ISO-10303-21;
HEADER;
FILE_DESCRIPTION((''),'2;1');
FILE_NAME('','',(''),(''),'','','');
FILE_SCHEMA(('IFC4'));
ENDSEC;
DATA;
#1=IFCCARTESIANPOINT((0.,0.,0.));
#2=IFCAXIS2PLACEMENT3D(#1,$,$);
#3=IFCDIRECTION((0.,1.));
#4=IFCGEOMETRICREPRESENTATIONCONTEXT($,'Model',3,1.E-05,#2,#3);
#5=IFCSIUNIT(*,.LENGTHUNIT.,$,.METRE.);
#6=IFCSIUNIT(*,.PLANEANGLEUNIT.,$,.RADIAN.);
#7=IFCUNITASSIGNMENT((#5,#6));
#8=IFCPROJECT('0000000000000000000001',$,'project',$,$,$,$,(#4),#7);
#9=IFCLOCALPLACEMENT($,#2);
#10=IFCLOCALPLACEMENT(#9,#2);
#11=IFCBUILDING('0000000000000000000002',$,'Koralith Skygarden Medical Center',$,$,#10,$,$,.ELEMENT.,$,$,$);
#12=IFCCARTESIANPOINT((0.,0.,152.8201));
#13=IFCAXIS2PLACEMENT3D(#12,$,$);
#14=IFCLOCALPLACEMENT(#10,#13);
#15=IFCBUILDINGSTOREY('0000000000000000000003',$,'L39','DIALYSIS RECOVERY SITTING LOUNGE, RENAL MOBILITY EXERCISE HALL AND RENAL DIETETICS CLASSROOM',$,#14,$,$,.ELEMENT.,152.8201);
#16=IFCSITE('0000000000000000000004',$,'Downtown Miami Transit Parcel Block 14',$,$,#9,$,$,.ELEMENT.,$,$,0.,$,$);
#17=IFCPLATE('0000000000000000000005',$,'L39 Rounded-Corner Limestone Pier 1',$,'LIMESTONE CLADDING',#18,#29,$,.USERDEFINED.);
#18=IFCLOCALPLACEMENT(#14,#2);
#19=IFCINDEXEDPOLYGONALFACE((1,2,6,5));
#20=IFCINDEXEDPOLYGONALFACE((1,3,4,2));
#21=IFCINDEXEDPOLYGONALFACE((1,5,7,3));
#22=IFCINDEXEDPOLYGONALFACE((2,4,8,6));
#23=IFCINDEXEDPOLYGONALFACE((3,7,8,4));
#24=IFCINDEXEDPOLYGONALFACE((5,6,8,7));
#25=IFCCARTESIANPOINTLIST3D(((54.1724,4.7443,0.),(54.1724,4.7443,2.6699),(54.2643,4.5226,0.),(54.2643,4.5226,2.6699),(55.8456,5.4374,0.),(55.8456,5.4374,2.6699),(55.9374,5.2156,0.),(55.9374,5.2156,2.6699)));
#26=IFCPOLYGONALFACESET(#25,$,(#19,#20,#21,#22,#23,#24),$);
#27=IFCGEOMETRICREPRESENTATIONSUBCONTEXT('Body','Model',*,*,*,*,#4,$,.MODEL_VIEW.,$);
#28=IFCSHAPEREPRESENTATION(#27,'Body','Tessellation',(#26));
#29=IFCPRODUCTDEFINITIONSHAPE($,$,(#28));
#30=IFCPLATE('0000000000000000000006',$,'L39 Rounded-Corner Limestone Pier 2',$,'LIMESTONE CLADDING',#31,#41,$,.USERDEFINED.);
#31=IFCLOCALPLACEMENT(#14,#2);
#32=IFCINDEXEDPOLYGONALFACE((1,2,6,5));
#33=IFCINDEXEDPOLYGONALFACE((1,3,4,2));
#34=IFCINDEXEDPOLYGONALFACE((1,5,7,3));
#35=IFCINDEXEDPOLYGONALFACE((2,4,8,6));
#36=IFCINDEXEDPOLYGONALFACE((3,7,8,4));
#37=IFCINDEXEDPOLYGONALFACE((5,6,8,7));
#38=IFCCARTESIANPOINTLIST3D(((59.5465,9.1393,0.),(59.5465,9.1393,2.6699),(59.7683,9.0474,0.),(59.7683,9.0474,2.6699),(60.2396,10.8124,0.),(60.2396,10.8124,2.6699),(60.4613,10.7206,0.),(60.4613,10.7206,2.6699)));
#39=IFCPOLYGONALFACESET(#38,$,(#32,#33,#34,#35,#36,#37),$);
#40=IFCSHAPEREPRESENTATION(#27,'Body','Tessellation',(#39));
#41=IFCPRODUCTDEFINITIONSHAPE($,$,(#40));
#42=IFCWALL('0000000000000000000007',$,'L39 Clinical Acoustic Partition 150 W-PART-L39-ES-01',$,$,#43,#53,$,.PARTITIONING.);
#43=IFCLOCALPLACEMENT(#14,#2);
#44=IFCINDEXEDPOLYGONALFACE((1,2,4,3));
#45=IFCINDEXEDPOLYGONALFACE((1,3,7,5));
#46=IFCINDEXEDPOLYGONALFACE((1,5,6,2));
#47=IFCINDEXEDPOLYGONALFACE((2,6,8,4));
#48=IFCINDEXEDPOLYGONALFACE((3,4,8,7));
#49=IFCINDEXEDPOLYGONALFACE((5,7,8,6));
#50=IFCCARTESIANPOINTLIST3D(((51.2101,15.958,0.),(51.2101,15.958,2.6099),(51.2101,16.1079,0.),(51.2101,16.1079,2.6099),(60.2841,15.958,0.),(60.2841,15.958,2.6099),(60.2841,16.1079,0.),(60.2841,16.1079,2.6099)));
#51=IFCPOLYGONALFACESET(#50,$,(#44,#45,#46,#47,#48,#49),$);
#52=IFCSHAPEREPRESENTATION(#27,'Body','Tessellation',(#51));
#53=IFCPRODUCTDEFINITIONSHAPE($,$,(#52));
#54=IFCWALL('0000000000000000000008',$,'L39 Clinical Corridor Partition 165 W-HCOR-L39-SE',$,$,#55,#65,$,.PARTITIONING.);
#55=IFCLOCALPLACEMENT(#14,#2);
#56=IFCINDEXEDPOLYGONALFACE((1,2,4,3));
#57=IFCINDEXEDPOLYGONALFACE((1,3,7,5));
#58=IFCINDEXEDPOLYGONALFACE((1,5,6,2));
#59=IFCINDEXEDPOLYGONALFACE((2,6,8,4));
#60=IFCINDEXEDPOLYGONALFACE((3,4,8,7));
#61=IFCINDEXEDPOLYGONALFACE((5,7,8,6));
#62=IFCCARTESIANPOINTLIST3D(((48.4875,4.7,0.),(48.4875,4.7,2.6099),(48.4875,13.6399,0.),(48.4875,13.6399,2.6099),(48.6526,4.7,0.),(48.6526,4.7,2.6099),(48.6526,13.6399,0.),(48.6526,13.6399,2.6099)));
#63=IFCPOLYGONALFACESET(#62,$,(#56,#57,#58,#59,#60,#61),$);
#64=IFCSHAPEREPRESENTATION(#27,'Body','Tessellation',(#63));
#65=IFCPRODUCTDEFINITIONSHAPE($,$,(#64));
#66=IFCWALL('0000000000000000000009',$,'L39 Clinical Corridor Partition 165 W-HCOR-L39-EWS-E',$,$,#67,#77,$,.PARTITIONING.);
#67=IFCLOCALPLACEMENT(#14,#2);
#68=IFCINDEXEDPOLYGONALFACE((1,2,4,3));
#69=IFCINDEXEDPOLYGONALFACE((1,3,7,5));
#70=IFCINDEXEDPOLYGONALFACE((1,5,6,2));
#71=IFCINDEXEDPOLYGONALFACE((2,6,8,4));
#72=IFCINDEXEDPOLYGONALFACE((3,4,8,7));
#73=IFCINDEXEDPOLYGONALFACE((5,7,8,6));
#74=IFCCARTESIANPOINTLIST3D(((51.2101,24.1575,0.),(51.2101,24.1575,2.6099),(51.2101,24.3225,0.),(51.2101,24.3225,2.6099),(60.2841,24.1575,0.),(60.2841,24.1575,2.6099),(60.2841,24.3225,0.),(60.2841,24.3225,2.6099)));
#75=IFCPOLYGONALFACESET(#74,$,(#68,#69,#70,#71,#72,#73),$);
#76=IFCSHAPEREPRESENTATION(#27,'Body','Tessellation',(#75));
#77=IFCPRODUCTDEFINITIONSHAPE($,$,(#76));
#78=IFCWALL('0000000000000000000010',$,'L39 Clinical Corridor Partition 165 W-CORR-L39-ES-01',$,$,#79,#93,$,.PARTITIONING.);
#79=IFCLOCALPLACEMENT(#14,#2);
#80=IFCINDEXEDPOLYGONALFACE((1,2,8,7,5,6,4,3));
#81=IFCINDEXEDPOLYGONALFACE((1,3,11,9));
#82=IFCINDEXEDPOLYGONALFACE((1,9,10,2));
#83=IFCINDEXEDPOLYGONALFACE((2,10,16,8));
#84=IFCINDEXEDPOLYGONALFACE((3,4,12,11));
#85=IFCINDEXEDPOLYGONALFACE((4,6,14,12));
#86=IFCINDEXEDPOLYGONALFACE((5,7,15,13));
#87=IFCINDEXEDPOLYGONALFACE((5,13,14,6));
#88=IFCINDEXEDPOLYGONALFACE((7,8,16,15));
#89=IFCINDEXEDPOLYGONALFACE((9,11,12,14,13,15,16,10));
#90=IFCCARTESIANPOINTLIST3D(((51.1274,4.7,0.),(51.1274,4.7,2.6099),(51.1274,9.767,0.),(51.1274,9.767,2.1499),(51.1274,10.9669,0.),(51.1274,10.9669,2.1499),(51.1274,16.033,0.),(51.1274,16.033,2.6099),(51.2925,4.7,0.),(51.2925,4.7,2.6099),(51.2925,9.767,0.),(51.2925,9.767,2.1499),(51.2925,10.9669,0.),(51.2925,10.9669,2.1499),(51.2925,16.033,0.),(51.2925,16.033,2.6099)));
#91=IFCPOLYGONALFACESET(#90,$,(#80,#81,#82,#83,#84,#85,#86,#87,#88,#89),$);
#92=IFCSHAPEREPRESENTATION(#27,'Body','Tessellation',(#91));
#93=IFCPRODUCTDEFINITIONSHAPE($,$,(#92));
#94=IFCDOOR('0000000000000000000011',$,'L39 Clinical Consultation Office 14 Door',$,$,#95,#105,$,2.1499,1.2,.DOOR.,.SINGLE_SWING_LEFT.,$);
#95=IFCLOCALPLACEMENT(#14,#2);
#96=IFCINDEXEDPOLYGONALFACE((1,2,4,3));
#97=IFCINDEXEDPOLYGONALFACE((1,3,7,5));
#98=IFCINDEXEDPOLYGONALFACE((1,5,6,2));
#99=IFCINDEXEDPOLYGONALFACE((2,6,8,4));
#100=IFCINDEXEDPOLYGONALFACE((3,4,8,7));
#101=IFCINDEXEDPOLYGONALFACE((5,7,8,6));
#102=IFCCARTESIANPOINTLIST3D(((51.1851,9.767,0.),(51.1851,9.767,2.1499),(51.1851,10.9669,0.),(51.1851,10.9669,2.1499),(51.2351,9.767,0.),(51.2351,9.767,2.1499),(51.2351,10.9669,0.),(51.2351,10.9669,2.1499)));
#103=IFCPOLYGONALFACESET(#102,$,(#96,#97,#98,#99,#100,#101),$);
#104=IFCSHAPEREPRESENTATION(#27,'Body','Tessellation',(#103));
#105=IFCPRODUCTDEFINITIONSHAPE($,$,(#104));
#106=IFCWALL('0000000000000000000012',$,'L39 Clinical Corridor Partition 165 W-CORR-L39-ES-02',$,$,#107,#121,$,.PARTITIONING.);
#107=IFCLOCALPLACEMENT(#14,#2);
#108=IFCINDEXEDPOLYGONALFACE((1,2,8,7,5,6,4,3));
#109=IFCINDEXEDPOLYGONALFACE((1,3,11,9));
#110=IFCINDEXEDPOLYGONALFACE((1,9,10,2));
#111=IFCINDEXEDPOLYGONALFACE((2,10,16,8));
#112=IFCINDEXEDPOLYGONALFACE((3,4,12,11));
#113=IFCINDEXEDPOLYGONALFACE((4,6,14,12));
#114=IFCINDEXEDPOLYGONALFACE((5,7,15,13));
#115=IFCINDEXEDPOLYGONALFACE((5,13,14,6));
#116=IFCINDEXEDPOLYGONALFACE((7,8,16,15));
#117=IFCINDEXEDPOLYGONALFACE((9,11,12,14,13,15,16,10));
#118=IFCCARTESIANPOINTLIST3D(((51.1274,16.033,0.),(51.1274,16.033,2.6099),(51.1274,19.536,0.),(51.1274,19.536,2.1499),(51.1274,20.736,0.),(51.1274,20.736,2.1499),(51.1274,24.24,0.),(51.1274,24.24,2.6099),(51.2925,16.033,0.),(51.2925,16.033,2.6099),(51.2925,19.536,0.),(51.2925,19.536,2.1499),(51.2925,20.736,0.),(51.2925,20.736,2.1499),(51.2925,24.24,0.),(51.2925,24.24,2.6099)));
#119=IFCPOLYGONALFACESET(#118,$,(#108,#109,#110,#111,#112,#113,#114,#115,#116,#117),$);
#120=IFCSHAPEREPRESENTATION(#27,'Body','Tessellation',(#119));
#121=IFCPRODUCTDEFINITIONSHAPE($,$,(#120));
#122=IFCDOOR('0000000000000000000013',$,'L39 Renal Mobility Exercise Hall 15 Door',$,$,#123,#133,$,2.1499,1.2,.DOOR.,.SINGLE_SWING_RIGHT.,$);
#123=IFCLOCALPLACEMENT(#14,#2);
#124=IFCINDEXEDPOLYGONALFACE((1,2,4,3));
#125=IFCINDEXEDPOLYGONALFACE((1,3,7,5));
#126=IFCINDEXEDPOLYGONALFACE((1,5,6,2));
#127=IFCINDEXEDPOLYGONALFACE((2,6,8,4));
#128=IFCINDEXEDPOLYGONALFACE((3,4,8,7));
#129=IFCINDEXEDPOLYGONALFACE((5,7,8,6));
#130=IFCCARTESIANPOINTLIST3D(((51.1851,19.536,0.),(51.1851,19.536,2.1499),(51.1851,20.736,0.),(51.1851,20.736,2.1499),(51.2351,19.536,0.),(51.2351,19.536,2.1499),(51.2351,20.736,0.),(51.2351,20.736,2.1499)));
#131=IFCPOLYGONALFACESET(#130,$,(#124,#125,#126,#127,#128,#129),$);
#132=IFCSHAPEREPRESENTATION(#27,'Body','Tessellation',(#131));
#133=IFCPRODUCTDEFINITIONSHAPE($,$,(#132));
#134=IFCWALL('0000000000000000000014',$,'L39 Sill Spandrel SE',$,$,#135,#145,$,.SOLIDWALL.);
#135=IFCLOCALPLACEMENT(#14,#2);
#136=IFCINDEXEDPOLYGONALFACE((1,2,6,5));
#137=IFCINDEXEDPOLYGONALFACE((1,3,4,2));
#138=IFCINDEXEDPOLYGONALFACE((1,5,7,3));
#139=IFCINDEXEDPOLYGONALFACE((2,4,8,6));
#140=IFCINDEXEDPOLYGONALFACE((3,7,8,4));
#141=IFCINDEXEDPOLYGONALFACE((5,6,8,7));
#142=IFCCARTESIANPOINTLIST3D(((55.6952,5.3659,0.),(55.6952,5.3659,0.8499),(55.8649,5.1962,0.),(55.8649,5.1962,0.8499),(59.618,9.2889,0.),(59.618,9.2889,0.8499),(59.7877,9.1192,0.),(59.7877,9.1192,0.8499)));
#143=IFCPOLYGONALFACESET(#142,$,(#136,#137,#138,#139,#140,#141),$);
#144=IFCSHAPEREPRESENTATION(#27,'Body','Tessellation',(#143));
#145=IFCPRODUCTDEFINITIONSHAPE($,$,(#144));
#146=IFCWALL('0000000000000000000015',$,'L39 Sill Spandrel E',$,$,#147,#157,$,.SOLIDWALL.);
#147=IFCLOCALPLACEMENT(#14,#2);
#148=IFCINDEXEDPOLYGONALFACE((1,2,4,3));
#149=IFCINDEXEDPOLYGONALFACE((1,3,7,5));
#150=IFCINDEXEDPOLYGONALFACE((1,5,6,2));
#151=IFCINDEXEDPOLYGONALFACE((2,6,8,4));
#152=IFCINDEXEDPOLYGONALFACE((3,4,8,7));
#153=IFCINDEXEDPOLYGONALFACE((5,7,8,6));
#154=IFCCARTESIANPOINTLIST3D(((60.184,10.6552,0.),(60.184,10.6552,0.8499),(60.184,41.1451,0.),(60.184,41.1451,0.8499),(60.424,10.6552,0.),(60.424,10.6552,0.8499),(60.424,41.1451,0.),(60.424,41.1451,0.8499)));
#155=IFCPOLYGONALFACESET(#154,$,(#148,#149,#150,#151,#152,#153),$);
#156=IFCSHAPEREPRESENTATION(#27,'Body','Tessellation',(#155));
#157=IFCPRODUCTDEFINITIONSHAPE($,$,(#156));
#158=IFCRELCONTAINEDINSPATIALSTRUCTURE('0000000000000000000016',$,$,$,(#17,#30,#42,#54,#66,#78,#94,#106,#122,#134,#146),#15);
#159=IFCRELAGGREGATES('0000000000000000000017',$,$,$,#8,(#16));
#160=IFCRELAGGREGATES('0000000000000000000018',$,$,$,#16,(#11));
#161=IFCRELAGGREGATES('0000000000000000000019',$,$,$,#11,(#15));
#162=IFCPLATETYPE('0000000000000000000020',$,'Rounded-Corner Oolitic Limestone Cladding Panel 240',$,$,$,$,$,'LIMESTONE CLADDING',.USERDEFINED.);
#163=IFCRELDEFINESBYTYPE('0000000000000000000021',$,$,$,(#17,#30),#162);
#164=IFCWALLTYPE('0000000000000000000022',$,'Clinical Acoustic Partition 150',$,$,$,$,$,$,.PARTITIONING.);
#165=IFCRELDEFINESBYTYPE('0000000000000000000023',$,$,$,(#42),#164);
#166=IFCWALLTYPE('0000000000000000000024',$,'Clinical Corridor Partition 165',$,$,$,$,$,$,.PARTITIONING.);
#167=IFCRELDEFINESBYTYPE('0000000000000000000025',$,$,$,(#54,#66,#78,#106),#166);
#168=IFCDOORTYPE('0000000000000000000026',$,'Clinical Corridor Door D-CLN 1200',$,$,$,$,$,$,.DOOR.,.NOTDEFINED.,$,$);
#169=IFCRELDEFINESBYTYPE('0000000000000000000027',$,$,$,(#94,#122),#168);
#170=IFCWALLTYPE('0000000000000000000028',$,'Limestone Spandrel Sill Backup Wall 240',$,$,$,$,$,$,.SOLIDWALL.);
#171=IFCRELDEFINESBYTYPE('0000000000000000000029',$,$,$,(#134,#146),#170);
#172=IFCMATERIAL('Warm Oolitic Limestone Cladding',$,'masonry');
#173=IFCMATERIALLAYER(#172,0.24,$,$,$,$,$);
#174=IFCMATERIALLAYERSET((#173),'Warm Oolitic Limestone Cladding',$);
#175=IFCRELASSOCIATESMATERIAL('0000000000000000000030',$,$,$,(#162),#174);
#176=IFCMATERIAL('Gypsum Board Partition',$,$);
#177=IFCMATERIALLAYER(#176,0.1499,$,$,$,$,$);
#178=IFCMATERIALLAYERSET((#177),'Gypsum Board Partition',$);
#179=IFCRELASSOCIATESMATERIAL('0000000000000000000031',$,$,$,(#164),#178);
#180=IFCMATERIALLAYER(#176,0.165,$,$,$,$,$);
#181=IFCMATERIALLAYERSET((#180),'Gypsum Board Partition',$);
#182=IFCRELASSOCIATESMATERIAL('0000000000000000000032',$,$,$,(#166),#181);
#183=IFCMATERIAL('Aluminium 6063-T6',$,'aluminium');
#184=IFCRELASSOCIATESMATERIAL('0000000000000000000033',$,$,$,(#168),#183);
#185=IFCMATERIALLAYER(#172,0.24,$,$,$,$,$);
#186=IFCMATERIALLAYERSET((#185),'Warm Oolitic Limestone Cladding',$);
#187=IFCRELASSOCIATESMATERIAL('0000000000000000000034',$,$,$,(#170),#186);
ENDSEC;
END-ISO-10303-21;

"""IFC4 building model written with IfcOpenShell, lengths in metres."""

from ifc_helpers import new_model, si_unit, direction, frame, frame_2d, origin, origin_2d, place, context, subcontext, project, spatial, rectangle, extrude, material, layer, layer_set, type_object, element, fill, save


model = new_model("IFC4")

# Units and contexts
model_context = context("Model", 3, precision=1e-05, world=origin(), true_north=direction((0.0, 1.0)))
body_context = subcontext(model_context, "Body", "Model", "MODEL_VIEW")
ifc_project = project(units=[si_unit("LENGTHUNIT", "METRE"), si_unit("PLANEANGLEUNIT", "RADIAN")], contexts=[model_context])

# Site, building, storey
site_placement = place(None, origin())
site = spatial("IfcSite", under=ifc_project, at=site_placement, Name="Downtown Miami Transit Parcel Block 14", CompositionType="ELEMENT", RefElevation=0.0)
building_placement = place(site_placement, origin())
building = spatial("IfcBuilding", under=site, at=building_placement, Name="Koralith Skygarden Medical Center", CompositionType="ELEMENT")
storey_placement = place(building_placement, frame((0.0, 0.0, 152.8201)))
storey = spatial("IfcBuildingStorey", under=building, at=storey_placement, Name="L39", Description="DIALYSIS RECOVERY SITTING LOUNGE, RENAL MOBILITY EXERCISE HALL AND RENAL DIETETICS CLASSROOM", CompositionType="ELEMENT", Elevation=152.8201)

# Shared definitions
ifc_material_1 = material(Name="Aluminium 6063-T6", Category="aluminium")

# Plates
ifc_material_2 = material(Name="Warm Oolitic Limestone Cladding", Category="masonry")
ifc_layer_1 = layer(ifc_material_2, 0.24)
ifc_layer_set_1 = layer_set([ifc_layer_1], Name="Warm Oolitic Limestone Cladding")
plate_type_1 = type_object("IfcPlateType", Name="Rounded-Corner Oolitic Limestone Cladding Panel 240", ElementType="LIMESTONE CLADDING", PredefinedType="USERDEFINED", material=ifc_layer_set_1)
for number, where, z_axis, x_axis, name in (
    (1, (55.0549, 4.98, 0.0), (0.0, 0.0, 1.0), (0.923885, 0.382671, 0.0), "L39 Rounded-Corner Limestone Pier 1"),
    (2, (60.0039, 9.9299, 0.0), (0.0, 0.0, 1.0), (0.382671, 0.923885, 0.0), "L39 Rounded-Corner Limestone Pier 2"),
):
    element("IfcPlate", number, at=place(storey_placement, frame(where, z_axis=z_axis, x_axis=x_axis)), inside=storey, type_object=plate_type_1, Name=name, ObjectType="LIMESTONE CLADDING", PredefinedType="USERDEFINED", context=body_context, shape_type="SweptSolid", body=[
        extrude(rectangle(XDim=1.811, YDim=0.24, at=origin_2d()), origin(), (0.0, 0.0, 1.0), 2.6699),
    ])

# Walls
ifc_material_3 = material(Name="Gypsum Board Partition")
ifc_layer_2 = layer(ifc_material_3, 0.1499)
ifc_layer_set_2 = layer_set([ifc_layer_2], Name="Gypsum Board Partition")
wall_type_1 = type_object("IfcWallType", Name="Clinical Acoustic Partition 150", PredefinedType="PARTITIONING", material=ifc_layer_set_2)
wall_1_placement = place(storey_placement, frame((51.21, 16.033, 0.0), z_axis=(0.0, 0.0, 1.0), x_axis=(1.0, 0.0, 0.0)))
element("IfcWall", 3, at=wall_1_placement, inside=storey, type_object=wall_type_1, Name="L39 Clinical Acoustic Partition 150 W-PART-L39-ES-01", PredefinedType="PARTITIONING", context=body_context, shape_type="SweptSolid", body=[
    extrude(rectangle(XDim=9.074, YDim=0.1499, at=frame_2d((4.5371, 0.0))), origin(), (0.0, 0.0, 1.0), 2.6099),
])
ifc_layer_3 = layer(ifc_material_3, 0.165)
ifc_layer_set_3 = layer_set([ifc_layer_3], Name="Gypsum Board Partition")
wall_type_2 = type_object("IfcWallType", Name="Clinical Corridor Partition 165", PredefinedType="PARTITIONING", material=ifc_layer_set_3)
wall_2_placement = place(storey_placement, frame((48.5701, 4.7, 0.0), z_axis=(0.0, 0.0, 1.0), x_axis=(0.0, 1.0, 0.0)))
element("IfcWall", 4, at=wall_2_placement, inside=storey, type_object=wall_type_2, Name="L39 Clinical Corridor Partition 165 W-HCOR-L39-SE", PredefinedType="PARTITIONING", context=body_context, shape_type="SweptSolid", body=[
    extrude(rectangle(XDim=8.9399, YDim=0.165, at=frame_2d((4.47, 0.0))), origin(), (0.0, 0.0, 1.0), 2.6099),
])
wall_3_placement = place(storey_placement, frame((51.21, 24.24, 0.0), z_axis=(0.0, 0.0, 1.0), x_axis=(1.0, 0.0, 0.0)))
element("IfcWall", 5, at=wall_3_placement, inside=storey, type_object=wall_type_2, Name="L39 Clinical Corridor Partition 165 W-HCOR-L39-EWS-E", PredefinedType="PARTITIONING", context=body_context, shape_type="SweptSolid", body=[
    extrude(rectangle(XDim=9.074, YDim=0.165, at=frame_2d((4.5371, 0.0))), origin(), (0.0, 0.0, 1.0), 2.6099),
])

# Walls, openings, doors
wall_4_placement = place(storey_placement, frame((51.21, 4.7, 0.0), z_axis=(0.0, 0.0, 1.0), x_axis=(0.0, 1.0, 0.0)))
wall_4 = element("IfcWall", 6, at=wall_4_placement, inside=storey, type_object=wall_type_2, Name="L39 Clinical Corridor Partition 165 W-CORR-L39-ES-01", PredefinedType="PARTITIONING", context=body_context, shape_type="SweptSolid", body=[
    extrude(rectangle(XDim=11.333, YDim=0.165, at=frame_2d((5.6665, 0.0))), origin(), (0.0, 0.0, 1.0), 2.6099),
])
opening_1_placement = place(wall_4_placement, frame((5.0669, 0.0, 0.0)))
opening_1 = element("IfcOpeningElement", 7, at=opening_1_placement, cuts=wall_4, PredefinedType="OPENING", context=body_context, shape_type="SweptSolid", body=[
    extrude(rectangle(XDim=1.2, YDim=2.1499, at=frame_2d((0.6001, 1.075))), frame((0.0, 0.0925, 0.0), z_axis=(0.0, -1.0, 0.0), x_axis=(1.0, 0.0, 0.0)), (0.0, 0.0, 1.0), 0.1851),
])
door_type = type_object("IfcDoorType", Name="Clinical Corridor Door D-CLN 1200", OperationType="NOTDEFINED", PredefinedType="DOOR", material=ifc_material_1)
door_1_placement = place(opening_1_placement, origin())
door_1 = element("IfcDoor", 8, at=door_1_placement, inside=storey, type_object=door_type, Name="L39 Clinical Consultation Office 14 Door", OperationType="SINGLE_SWING_LEFT", OverallHeight=2.1499, OverallWidth=1.2, PredefinedType="DOOR", context=body_context, shape_type="SweptSolid", body=[
    extrude(rectangle(XDim=1.2, YDim=2.1499, at=frame_2d((0.6001, 1.075))), frame((0.0, 0.0249, 0.0), z_axis=(0.0, -1.0, 0.0), x_axis=(1.0, 0.0, 0.0)), (0.0, 0.0, 1.0), 0.05),
])
fill(opening_1, door_1)
wall_5_placement = place(storey_placement, frame((51.21, 16.033, 0.0), z_axis=(0.0, 0.0, 1.0), x_axis=(0.0, 1.0, 0.0)))
wall_5 = element("IfcWall", 9, at=wall_5_placement, inside=storey, type_object=wall_type_2, Name="L39 Clinical Corridor Partition 165 W-CORR-L39-ES-02", PredefinedType="PARTITIONING", context=body_context, shape_type="SweptSolid", body=[
    extrude(rectangle(XDim=8.207, YDim=0.165, at=frame_2d((4.1035, 0.0))), origin(), (0.0, 0.0, 1.0), 2.6099),
])
opening_2_placement = place(wall_5_placement, frame((3.5029, 0.0, 0.0)))
opening_2 = element("IfcOpeningElement", 10, at=opening_2_placement, cuts=wall_5, PredefinedType="OPENING", context=body_context, shape_type="SweptSolid", body=[
    extrude(rectangle(XDim=1.2, YDim=2.1499, at=frame_2d((0.6001, 1.075))), frame((0.0, 0.0925, 0.0), z_axis=(0.0, -1.0, 0.0), x_axis=(1.0, 0.0, 0.0)), (0.0, 0.0, 1.0), 0.1851),
])
door_2_placement = place(opening_2_placement, origin())
door_2 = element("IfcDoor", 11, at=door_2_placement, inside=storey, type_object=door_type, Name="L39 Renal Mobility Exercise Hall 15 Door", OperationType="SINGLE_SWING_RIGHT", OverallHeight=2.1499, OverallWidth=1.2, PredefinedType="DOOR", context=body_context, shape_type="SweptSolid", body=[
    extrude(rectangle(XDim=1.2, YDim=2.1499, at=frame_2d((0.6001, 1.075))), frame((0.0, 0.0249, 0.0), z_axis=(0.0, -1.0, 0.0), x_axis=(1.0, 0.0, 0.0)), (0.0, 0.0, 1.0), 0.05),
])
fill(opening_2, door_2)

# Walls
ifc_layer_4 = layer(ifc_material_2, 0.24)
ifc_layer_set_4 = layer_set([ifc_layer_4], Name="Warm Oolitic Limestone Cladding")
wall_type_3 = type_object("IfcWallType", Name="Limestone Spandrel Sill Backup Wall 240", PredefinedType="SOLIDWALL", material=ifc_layer_set_4)
wall_6_placement = place(storey_placement, frame((55.78, 5.281, 0.0), z_axis=(0.0, 0.0, 1.0), x_axis=(0.707085, 0.707129, 0.0)))
element("IfcWall", 12, at=wall_6_placement, inside=storey, type_object=wall_type_3, Name="L39 Sill Spandrel SE", PredefinedType="SOLIDWALL", context=body_context, shape_type="SweptSolid", body=[
    extrude(rectangle(XDim=5.5479, YDim=0.24, at=frame_2d((2.7739, 0.0))), origin(), (0.0, 0.0, 1.0), 0.8499),
])
wall_7_placement = place(storey_placement, frame((60.304, 10.655, 0.0), z_axis=(0.0, 0.0, 1.0), x_axis=(0.0, 1.0, 0.0)))
element("IfcWall", 13, at=wall_7_placement, inside=storey, type_object=wall_type_3, Name="L39 Sill Spandrel E", PredefinedType="SOLIDWALL", context=body_context, shape_type="SweptSolid", body=[
    extrude(rectangle(XDim=30.49, YDim=0.24, at=frame_2d((15.2451, 0.0))), origin(), (0.0, 0.0, 1.0), 0.8499),
])

save(model, "model.ifc")
